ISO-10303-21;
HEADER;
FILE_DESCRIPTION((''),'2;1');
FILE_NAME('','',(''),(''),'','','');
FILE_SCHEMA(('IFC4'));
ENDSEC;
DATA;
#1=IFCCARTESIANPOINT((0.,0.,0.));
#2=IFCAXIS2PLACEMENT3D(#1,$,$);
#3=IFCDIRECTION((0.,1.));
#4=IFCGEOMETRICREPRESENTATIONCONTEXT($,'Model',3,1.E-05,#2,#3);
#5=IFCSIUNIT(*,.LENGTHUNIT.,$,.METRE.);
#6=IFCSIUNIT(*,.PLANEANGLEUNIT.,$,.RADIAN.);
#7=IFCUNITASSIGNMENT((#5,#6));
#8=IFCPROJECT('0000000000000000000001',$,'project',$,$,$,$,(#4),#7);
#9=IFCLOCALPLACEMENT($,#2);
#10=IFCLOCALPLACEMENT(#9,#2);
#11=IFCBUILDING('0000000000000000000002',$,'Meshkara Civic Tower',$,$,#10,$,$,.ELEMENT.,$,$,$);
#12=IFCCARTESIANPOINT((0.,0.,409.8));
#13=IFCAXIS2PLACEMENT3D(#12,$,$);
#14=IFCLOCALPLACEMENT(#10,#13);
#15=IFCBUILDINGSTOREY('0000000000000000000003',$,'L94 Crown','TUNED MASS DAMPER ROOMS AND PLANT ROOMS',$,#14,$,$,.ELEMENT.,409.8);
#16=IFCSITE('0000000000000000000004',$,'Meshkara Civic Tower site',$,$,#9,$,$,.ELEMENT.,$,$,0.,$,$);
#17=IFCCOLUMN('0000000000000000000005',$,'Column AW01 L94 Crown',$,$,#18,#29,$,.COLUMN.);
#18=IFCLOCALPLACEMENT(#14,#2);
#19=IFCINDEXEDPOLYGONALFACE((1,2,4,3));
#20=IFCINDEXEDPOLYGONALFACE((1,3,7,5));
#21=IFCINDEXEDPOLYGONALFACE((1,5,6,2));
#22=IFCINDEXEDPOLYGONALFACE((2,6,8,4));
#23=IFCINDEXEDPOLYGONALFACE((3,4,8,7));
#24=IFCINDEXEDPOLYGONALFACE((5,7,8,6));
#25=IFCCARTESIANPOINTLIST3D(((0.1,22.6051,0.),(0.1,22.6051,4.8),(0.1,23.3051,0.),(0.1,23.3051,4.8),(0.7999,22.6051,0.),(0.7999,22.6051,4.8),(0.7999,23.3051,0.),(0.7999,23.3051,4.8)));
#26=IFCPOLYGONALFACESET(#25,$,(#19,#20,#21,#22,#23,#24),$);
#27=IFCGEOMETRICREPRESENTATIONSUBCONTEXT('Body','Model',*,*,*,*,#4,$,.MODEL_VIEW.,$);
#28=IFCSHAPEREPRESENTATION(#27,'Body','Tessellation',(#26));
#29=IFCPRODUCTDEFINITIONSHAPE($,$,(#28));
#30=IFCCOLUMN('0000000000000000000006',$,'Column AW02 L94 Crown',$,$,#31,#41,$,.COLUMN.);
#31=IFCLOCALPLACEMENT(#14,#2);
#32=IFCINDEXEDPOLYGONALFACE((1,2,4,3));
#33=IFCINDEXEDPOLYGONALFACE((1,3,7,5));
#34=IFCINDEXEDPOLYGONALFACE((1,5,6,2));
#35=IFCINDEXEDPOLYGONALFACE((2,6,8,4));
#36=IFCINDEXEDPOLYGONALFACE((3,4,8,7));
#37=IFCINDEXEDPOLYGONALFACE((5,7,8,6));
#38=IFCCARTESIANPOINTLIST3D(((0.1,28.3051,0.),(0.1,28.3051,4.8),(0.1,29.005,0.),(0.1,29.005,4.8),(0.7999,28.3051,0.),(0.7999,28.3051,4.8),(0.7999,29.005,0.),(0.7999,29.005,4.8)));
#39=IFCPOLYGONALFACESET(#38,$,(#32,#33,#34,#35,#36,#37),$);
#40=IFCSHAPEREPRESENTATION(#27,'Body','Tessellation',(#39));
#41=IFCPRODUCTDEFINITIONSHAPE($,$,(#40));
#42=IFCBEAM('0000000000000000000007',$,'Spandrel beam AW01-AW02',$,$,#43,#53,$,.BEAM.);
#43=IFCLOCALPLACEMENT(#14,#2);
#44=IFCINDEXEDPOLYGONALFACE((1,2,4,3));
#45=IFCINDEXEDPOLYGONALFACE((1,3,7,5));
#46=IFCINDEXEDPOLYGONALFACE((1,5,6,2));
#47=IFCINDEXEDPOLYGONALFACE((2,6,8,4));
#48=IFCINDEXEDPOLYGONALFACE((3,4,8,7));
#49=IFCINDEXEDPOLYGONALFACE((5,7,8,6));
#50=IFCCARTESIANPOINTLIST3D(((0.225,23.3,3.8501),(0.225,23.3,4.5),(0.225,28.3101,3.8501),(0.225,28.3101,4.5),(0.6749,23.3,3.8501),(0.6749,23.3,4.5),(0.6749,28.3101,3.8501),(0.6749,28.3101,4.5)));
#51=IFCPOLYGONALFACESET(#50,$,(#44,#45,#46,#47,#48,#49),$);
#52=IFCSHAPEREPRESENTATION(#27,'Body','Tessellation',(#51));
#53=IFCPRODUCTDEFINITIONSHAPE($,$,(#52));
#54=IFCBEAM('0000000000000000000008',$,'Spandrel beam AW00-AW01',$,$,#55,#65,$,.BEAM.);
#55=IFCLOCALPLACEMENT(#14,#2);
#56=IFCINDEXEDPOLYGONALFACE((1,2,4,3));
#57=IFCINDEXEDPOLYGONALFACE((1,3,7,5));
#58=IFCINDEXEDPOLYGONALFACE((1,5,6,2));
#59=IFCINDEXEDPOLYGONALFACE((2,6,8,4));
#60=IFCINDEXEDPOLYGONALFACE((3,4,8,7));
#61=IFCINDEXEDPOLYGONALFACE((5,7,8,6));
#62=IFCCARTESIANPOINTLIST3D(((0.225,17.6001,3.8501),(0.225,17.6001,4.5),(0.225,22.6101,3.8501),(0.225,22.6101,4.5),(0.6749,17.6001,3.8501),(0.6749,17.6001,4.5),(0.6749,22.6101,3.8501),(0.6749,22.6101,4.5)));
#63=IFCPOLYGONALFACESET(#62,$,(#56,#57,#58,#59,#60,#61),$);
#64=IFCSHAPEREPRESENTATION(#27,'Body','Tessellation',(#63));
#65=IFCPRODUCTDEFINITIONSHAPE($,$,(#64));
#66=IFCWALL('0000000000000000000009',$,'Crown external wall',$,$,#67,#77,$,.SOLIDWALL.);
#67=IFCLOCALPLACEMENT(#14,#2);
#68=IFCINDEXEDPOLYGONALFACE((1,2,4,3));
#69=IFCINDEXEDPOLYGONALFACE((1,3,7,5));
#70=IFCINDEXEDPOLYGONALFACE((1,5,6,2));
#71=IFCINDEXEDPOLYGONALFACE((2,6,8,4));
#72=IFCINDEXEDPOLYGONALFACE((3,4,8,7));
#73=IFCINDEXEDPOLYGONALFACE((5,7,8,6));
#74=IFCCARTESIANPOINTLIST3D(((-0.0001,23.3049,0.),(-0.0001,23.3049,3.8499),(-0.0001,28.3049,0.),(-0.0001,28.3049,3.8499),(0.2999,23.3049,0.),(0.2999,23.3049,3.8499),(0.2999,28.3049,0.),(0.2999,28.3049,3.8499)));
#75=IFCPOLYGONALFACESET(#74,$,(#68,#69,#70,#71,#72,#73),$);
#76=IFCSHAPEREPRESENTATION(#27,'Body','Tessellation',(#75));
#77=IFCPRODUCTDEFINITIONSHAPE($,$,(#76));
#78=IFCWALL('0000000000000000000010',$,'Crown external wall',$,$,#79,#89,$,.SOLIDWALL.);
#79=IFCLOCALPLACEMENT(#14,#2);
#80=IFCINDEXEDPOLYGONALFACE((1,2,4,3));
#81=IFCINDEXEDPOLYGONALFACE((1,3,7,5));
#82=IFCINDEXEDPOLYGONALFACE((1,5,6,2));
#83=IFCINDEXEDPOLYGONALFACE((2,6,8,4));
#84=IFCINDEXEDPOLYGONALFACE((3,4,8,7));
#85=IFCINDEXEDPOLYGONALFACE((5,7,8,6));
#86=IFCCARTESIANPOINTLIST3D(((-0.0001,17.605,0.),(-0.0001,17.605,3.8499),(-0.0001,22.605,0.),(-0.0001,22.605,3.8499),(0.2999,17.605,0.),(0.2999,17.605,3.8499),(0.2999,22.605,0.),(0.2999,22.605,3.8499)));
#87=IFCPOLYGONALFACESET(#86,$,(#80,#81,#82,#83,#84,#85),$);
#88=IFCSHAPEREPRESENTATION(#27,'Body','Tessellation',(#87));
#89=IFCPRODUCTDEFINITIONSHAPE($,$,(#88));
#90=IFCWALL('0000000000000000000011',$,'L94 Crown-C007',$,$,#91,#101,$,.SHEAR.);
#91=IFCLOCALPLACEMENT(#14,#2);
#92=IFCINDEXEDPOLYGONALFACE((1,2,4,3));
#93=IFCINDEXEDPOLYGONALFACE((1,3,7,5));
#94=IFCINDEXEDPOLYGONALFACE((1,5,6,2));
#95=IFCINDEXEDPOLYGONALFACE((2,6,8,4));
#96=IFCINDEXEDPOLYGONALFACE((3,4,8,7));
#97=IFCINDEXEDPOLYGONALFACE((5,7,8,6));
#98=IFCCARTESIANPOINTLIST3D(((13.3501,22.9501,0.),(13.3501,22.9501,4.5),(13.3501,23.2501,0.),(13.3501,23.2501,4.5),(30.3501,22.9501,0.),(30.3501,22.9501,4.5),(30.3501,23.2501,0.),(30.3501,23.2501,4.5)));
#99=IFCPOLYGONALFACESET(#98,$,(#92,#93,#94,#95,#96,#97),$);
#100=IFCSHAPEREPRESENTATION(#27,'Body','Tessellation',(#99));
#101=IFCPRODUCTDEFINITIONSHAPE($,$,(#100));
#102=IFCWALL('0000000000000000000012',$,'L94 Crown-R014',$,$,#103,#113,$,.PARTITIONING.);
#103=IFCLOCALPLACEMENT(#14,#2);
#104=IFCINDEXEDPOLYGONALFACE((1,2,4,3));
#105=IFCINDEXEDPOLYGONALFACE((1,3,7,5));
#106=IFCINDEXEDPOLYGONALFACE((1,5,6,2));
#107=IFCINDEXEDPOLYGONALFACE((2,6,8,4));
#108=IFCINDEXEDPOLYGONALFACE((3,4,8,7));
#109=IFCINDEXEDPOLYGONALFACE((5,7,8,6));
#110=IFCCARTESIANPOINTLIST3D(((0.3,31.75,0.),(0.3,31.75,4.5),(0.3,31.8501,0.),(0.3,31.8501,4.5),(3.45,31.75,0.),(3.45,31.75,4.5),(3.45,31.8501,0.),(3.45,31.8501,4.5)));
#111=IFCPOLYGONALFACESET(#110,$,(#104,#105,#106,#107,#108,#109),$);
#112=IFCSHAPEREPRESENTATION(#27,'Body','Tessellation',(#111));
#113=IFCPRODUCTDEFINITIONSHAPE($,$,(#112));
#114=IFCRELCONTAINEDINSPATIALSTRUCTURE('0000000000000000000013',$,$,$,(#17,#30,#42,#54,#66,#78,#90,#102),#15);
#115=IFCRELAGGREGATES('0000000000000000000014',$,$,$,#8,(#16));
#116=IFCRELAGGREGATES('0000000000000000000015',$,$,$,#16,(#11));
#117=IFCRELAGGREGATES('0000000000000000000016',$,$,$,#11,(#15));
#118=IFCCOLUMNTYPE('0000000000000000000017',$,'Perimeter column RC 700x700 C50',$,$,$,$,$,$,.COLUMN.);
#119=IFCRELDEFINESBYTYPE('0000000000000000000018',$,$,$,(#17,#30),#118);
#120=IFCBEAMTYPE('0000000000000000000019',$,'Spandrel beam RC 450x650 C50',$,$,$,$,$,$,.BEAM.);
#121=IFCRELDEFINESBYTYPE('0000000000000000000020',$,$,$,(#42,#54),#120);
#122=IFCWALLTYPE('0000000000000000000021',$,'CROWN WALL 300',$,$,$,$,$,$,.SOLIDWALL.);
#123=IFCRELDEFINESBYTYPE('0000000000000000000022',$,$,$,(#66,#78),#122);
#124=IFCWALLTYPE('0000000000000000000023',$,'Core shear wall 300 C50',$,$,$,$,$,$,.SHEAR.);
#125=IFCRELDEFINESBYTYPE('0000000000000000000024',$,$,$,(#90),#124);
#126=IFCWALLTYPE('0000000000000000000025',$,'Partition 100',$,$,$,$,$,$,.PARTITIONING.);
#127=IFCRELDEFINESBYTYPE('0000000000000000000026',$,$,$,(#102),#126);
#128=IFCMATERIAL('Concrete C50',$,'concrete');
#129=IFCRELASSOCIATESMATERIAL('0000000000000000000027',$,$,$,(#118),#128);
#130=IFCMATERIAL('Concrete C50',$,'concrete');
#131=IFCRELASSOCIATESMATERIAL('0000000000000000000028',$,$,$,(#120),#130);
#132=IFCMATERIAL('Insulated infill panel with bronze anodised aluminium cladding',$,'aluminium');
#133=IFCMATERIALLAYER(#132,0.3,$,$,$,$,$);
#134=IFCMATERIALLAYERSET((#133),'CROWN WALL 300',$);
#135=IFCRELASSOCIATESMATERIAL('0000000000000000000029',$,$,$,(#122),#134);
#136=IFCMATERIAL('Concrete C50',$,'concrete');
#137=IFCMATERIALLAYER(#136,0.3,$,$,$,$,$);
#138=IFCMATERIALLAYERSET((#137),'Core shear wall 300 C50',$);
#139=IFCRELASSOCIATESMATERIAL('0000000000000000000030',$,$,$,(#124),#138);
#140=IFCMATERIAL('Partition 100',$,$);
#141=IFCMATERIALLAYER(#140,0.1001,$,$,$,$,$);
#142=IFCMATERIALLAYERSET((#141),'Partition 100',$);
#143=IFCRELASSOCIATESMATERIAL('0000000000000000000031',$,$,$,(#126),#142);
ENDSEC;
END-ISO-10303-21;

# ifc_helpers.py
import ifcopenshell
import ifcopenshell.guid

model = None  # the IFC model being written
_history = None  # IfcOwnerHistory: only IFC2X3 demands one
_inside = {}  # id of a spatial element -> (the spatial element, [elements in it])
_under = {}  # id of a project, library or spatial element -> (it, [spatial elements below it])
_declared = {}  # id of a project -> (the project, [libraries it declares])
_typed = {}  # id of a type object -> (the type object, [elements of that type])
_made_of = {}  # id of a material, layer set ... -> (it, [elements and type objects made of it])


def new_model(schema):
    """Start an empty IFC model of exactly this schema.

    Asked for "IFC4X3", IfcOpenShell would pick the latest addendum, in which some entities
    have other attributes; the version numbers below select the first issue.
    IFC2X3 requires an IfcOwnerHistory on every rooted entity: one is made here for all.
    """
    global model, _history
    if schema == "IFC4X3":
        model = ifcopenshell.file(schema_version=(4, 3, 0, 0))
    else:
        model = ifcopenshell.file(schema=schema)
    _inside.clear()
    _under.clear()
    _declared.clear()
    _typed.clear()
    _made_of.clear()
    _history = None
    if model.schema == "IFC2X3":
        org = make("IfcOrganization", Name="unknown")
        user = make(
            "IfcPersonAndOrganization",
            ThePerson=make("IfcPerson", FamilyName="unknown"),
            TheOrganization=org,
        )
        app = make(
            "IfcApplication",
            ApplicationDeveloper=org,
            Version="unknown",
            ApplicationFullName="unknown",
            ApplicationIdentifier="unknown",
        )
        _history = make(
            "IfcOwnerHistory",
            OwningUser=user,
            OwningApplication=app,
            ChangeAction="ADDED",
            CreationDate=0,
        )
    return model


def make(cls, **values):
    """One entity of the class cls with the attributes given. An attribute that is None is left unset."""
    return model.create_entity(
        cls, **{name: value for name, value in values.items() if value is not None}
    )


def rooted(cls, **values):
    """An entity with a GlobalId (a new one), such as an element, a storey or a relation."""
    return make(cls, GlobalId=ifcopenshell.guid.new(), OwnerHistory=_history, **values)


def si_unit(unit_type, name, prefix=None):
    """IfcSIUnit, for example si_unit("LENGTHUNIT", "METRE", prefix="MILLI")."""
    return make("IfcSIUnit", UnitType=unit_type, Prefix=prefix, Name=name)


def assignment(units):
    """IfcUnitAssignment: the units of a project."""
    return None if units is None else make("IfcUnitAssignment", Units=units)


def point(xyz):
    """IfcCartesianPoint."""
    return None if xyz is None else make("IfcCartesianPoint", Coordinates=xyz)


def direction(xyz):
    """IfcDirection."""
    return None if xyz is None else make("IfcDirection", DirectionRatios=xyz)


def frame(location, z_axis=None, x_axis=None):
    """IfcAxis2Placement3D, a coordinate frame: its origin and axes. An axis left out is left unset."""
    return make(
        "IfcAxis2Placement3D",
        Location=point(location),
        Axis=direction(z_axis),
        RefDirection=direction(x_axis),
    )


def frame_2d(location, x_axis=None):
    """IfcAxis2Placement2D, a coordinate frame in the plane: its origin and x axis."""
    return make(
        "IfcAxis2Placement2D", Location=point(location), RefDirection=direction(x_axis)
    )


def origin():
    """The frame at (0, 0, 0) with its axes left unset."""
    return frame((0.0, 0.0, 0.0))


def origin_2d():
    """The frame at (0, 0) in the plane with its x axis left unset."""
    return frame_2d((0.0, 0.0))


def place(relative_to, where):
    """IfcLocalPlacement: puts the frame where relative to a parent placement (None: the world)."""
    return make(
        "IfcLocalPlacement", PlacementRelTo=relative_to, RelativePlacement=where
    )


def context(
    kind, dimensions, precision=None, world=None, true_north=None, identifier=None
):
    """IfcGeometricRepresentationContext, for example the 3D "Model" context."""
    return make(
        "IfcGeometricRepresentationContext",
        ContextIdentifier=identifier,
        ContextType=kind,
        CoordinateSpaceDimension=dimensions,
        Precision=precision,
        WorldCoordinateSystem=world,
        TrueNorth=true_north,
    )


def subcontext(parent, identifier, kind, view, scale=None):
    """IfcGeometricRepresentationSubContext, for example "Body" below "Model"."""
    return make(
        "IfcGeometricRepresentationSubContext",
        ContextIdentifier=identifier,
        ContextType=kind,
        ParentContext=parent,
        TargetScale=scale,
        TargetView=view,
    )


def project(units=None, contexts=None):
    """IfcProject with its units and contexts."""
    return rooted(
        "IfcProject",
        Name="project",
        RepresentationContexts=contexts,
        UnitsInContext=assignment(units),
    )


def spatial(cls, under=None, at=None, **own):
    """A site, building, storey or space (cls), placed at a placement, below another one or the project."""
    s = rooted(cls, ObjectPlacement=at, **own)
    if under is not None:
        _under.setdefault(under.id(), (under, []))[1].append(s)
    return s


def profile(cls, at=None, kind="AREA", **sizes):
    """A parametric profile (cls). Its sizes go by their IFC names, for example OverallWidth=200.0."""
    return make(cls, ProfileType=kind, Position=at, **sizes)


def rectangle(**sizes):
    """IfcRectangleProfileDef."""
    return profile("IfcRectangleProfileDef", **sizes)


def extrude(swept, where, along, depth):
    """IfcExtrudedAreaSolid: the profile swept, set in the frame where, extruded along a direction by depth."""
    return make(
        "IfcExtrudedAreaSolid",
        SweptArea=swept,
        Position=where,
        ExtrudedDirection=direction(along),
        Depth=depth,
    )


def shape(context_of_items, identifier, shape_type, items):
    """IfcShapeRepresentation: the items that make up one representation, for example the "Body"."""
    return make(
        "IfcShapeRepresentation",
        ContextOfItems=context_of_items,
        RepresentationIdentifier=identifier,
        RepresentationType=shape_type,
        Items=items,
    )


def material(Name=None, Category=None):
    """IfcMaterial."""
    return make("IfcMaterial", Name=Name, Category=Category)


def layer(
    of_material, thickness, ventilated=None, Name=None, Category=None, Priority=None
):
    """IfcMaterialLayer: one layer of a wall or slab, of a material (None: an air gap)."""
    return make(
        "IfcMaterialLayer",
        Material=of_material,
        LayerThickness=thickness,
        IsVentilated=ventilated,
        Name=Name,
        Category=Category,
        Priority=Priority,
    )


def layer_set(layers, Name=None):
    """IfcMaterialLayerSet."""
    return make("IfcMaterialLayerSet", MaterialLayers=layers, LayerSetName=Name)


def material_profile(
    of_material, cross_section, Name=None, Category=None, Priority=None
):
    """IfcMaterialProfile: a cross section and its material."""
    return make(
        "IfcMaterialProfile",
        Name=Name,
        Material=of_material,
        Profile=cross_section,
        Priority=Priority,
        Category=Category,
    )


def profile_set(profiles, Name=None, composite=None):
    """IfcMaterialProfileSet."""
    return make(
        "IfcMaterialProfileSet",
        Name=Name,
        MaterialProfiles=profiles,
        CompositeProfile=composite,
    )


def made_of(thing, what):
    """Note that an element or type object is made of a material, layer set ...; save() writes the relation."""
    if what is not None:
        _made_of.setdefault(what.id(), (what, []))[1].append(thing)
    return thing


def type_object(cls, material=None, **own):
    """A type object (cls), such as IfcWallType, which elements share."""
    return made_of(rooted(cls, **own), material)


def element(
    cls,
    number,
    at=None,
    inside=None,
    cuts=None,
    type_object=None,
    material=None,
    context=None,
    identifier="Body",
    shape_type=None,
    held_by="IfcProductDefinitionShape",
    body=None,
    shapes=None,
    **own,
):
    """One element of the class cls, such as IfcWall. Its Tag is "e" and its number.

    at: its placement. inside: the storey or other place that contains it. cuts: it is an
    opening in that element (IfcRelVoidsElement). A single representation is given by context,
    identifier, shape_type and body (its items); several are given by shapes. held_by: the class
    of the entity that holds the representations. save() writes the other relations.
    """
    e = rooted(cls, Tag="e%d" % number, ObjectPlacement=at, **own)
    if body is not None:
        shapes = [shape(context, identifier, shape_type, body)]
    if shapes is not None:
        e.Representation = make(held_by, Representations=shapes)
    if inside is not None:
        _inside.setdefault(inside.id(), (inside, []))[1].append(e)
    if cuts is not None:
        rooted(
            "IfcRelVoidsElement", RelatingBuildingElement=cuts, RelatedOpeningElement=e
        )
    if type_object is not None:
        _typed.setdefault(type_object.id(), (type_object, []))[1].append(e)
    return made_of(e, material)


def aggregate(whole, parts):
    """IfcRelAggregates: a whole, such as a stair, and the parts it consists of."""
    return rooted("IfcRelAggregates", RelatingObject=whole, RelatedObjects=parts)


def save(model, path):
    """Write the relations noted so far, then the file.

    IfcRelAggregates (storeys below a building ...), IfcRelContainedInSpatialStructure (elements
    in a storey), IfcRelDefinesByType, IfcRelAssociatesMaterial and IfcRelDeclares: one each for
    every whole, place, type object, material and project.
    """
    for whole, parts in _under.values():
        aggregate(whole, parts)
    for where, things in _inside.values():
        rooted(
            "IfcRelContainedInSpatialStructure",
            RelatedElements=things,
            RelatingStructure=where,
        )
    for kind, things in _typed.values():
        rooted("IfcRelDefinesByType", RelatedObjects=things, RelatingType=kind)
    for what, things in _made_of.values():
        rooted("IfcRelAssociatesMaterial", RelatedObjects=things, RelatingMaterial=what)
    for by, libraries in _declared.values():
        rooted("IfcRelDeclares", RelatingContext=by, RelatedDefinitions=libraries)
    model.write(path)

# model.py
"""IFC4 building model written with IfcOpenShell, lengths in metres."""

from ifc_helpers import new_model, si_unit, direction, frame, frame_2d, origin, origin_2d, place, context, subcontext, project, spatial, rectangle, extrude, material, layer, layer_set, material_profile, profile_set, type_object, element, save


model = new_model("IFC4")

# Units and contexts
model_context = context("Model", 3, precision=1e-05, world=origin(), true_north=direction((0.0, 1.0)))
body_context = subcontext(model_context, "Body", "Model", "MODEL_VIEW")
ifc_project = project(units=[si_unit("LENGTHUNIT", "METRE"), si_unit("PLANEANGLEUNIT", "RADIAN")], contexts=[model_context])

# Site, building, storey
site_placement = place(None, origin())
site = spatial("IfcSite", under=ifc_project, at=site_placement, Name="Meshkara Civic Tower site", CompositionType="ELEMENT", RefElevation=0.0)
building_placement = place(site_placement, origin())
building = spatial("IfcBuilding", under=site, at=building_placement, Name="Meshkara Civic Tower", CompositionType="ELEMENT")
storey_placement = place(building_placement, frame((0.0, 0.0, 409.8)))
storey = spatial("IfcBuildingStorey", under=building, at=storey_placement, Name="L94 Crown", Description="TUNED MASS DAMPER ROOMS AND PLANT ROOMS", CompositionType="ELEMENT", Elevation=409.8)

# Columns
ifc_material_1 = material(Name="Concrete C50", Category="concrete")
ifc_material_profile_1 = material_profile(ifc_material_1, rectangle(XDim=0.7, YDim=0.7, at=origin_2d()))
ifc_profile_set_1 = profile_set([ifc_material_profile_1], Name="Concrete C50")
column_type = type_object("IfcColumnType", Name="Perimeter column RC 700x700 C50", PredefinedType="COLUMN", material=ifc_profile_set_1)
for number, where, z_axis, x_axis, name in (
    (1, (0.45, 22.9551, 0.0), (0.0, 0.0, 1.0), (1.0, 0.0, 0.0), "Column AW01 L94 Crown"),
    (2, (0.45, 28.655, 0.0), (0.0, 0.0, 1.0), (1.0, 0.0, 0.0), "Column AW02 L94 Crown"),
):
    element("IfcColumn", number, at=place(storey_placement, frame(where, z_axis=z_axis, x_axis=x_axis)), inside=storey, type_object=column_type, Name=name, PredefinedType="COLUMN", context=body_context, shape_type="SweptSolid", body=[
        extrude(rectangle(XDim=0.7, YDim=0.7, at=origin_2d()), origin(), (0.0, 0.0, 1.0), 4.8),
    ])

# Beams
ifc_material_2 = material(Name="Concrete C50", Category="concrete")
ifc_material_profile_2 = material_profile(ifc_material_2, rectangle(XDim=0.45, YDim=0.6499, at=origin_2d()))
ifc_profile_set_2 = profile_set([ifc_material_profile_2], Name="Concrete C50")
beam_type = type_object("IfcBeamType", Name="Spandrel beam RC 450x650 C50", PredefinedType="BEAM", material=ifc_profile_set_2)
for number, where, z_axis, x_axis, name in (
    (3, (0.45, 28.3101, 4.175), (0.0, -1.0, 0.0), (1.0, 0.0, 0.0), "Spandrel beam AW01-AW02"),
    (4, (0.45, 22.6101, 4.175), (0.0, -1.0, 0.0), (1.0, 0.0, 0.0), "Spandrel beam AW00-AW01"),
):
    element("IfcBeam", number, at=place(storey_placement, frame(where, z_axis=z_axis, x_axis=x_axis)), inside=storey, type_object=beam_type, Name=name, PredefinedType="BEAM", context=body_context, shape_type="SweptSolid", body=[
        extrude(rectangle(XDim=0.45, YDim=0.6499, at=origin_2d()), origin(), (0.0, 0.0, 1.0), 5.01),
    ])

# Walls
ifc_material_3 = material(Name="Insulated infill panel with bronze anodised aluminium cladding", Category="aluminium")
ifc_layer_1 = layer(ifc_material_3, 0.3)
ifc_layer_set_1 = layer_set([ifc_layer_1], Name="CROWN WALL 300")
wall_type_1 = type_object("IfcWallType", Name="CROWN WALL 300", PredefinedType="SOLIDWALL", material=ifc_layer_set_1)
for number, where, z_axis, x_axis, name in (
    (5, (0.1499, 28.3049, 0.0), (0.0, 0.0, 1.0), (0.0, -1.0, 0.0), "Crown external wall"),
    (6, (0.1499, 22.605, 0.0), (0.0, 0.0, 1.0), (0.0, -1.0, 0.0), "Crown external wall"),
):
    element("IfcWall", number, at=place(storey_placement, frame(where, z_axis=z_axis, x_axis=x_axis)), inside=storey, type_object=wall_type_1, Name=name, PredefinedType="SOLIDWALL", context=body_context, shape_type="SweptSolid", body=[
        extrude(rectangle(XDim=5.0, YDim=0.3, at=frame_2d((2.5, 0.0))), origin(), (0.0, 0.0, 1.0), 3.8499),
    ])
ifc_material_4 = material(Name="Concrete C50", Category="concrete")
ifc_layer_2 = layer(ifc_material_4, 0.3)
ifc_layer_set_2 = layer_set([ifc_layer_2], Name="Core shear wall 300 C50")
wall_type_2 = type_object("IfcWallType", Name="Core shear wall 300 C50", PredefinedType="SHEAR", material=ifc_layer_set_2)
wall_1_placement = place(storey_placement, frame((13.3501, 23.1001, 0.0), z_axis=(0.0, 0.0, 1.0), x_axis=(1.0, 0.0, 0.0)))
element("IfcWall", 7, at=wall_1_placement, inside=storey, type_object=wall_type_2, Name="L94 Crown-C007", PredefinedType="SHEAR", context=body_context, shape_type="SweptSolid", body=[
    extrude(rectangle(XDim=17.0, YDim=0.3, at=frame_2d((8.5, 0.0))), origin(), (0.0, 0.0, 1.0), 4.5),
])
ifc_material_5 = material(Name="Partition 100")
ifc_layer_3 = layer(ifc_material_5, 0.1001)
ifc_layer_set_3 = layer_set([ifc_layer_3], Name="Partition 100")
wall_type_3 = type_object("IfcWallType", Name="Partition 100", PredefinedType="PARTITIONING", material=ifc_layer_set_3)
wall_2_placement = place(storey_placement, frame((3.45, 31.8, 0.0), z_axis=(0.0, 0.0, 1.0), x_axis=(-1.0, 0.0, 0.0)))
element("IfcWall", 8, at=wall_2_placement, inside=storey, type_object=wall_type_3, Name="L94 Crown-R014", PredefinedType="PARTITIONING", context=body_context, shape_type="SweptSolid", body=[
    extrude(rectangle(XDim=3.1499, YDim=0.1001, at=frame_2d((1.575, 0.0))), origin(), (0.0, 0.0, 1.0), 4.5),
])

save(model, "model.ifc")
